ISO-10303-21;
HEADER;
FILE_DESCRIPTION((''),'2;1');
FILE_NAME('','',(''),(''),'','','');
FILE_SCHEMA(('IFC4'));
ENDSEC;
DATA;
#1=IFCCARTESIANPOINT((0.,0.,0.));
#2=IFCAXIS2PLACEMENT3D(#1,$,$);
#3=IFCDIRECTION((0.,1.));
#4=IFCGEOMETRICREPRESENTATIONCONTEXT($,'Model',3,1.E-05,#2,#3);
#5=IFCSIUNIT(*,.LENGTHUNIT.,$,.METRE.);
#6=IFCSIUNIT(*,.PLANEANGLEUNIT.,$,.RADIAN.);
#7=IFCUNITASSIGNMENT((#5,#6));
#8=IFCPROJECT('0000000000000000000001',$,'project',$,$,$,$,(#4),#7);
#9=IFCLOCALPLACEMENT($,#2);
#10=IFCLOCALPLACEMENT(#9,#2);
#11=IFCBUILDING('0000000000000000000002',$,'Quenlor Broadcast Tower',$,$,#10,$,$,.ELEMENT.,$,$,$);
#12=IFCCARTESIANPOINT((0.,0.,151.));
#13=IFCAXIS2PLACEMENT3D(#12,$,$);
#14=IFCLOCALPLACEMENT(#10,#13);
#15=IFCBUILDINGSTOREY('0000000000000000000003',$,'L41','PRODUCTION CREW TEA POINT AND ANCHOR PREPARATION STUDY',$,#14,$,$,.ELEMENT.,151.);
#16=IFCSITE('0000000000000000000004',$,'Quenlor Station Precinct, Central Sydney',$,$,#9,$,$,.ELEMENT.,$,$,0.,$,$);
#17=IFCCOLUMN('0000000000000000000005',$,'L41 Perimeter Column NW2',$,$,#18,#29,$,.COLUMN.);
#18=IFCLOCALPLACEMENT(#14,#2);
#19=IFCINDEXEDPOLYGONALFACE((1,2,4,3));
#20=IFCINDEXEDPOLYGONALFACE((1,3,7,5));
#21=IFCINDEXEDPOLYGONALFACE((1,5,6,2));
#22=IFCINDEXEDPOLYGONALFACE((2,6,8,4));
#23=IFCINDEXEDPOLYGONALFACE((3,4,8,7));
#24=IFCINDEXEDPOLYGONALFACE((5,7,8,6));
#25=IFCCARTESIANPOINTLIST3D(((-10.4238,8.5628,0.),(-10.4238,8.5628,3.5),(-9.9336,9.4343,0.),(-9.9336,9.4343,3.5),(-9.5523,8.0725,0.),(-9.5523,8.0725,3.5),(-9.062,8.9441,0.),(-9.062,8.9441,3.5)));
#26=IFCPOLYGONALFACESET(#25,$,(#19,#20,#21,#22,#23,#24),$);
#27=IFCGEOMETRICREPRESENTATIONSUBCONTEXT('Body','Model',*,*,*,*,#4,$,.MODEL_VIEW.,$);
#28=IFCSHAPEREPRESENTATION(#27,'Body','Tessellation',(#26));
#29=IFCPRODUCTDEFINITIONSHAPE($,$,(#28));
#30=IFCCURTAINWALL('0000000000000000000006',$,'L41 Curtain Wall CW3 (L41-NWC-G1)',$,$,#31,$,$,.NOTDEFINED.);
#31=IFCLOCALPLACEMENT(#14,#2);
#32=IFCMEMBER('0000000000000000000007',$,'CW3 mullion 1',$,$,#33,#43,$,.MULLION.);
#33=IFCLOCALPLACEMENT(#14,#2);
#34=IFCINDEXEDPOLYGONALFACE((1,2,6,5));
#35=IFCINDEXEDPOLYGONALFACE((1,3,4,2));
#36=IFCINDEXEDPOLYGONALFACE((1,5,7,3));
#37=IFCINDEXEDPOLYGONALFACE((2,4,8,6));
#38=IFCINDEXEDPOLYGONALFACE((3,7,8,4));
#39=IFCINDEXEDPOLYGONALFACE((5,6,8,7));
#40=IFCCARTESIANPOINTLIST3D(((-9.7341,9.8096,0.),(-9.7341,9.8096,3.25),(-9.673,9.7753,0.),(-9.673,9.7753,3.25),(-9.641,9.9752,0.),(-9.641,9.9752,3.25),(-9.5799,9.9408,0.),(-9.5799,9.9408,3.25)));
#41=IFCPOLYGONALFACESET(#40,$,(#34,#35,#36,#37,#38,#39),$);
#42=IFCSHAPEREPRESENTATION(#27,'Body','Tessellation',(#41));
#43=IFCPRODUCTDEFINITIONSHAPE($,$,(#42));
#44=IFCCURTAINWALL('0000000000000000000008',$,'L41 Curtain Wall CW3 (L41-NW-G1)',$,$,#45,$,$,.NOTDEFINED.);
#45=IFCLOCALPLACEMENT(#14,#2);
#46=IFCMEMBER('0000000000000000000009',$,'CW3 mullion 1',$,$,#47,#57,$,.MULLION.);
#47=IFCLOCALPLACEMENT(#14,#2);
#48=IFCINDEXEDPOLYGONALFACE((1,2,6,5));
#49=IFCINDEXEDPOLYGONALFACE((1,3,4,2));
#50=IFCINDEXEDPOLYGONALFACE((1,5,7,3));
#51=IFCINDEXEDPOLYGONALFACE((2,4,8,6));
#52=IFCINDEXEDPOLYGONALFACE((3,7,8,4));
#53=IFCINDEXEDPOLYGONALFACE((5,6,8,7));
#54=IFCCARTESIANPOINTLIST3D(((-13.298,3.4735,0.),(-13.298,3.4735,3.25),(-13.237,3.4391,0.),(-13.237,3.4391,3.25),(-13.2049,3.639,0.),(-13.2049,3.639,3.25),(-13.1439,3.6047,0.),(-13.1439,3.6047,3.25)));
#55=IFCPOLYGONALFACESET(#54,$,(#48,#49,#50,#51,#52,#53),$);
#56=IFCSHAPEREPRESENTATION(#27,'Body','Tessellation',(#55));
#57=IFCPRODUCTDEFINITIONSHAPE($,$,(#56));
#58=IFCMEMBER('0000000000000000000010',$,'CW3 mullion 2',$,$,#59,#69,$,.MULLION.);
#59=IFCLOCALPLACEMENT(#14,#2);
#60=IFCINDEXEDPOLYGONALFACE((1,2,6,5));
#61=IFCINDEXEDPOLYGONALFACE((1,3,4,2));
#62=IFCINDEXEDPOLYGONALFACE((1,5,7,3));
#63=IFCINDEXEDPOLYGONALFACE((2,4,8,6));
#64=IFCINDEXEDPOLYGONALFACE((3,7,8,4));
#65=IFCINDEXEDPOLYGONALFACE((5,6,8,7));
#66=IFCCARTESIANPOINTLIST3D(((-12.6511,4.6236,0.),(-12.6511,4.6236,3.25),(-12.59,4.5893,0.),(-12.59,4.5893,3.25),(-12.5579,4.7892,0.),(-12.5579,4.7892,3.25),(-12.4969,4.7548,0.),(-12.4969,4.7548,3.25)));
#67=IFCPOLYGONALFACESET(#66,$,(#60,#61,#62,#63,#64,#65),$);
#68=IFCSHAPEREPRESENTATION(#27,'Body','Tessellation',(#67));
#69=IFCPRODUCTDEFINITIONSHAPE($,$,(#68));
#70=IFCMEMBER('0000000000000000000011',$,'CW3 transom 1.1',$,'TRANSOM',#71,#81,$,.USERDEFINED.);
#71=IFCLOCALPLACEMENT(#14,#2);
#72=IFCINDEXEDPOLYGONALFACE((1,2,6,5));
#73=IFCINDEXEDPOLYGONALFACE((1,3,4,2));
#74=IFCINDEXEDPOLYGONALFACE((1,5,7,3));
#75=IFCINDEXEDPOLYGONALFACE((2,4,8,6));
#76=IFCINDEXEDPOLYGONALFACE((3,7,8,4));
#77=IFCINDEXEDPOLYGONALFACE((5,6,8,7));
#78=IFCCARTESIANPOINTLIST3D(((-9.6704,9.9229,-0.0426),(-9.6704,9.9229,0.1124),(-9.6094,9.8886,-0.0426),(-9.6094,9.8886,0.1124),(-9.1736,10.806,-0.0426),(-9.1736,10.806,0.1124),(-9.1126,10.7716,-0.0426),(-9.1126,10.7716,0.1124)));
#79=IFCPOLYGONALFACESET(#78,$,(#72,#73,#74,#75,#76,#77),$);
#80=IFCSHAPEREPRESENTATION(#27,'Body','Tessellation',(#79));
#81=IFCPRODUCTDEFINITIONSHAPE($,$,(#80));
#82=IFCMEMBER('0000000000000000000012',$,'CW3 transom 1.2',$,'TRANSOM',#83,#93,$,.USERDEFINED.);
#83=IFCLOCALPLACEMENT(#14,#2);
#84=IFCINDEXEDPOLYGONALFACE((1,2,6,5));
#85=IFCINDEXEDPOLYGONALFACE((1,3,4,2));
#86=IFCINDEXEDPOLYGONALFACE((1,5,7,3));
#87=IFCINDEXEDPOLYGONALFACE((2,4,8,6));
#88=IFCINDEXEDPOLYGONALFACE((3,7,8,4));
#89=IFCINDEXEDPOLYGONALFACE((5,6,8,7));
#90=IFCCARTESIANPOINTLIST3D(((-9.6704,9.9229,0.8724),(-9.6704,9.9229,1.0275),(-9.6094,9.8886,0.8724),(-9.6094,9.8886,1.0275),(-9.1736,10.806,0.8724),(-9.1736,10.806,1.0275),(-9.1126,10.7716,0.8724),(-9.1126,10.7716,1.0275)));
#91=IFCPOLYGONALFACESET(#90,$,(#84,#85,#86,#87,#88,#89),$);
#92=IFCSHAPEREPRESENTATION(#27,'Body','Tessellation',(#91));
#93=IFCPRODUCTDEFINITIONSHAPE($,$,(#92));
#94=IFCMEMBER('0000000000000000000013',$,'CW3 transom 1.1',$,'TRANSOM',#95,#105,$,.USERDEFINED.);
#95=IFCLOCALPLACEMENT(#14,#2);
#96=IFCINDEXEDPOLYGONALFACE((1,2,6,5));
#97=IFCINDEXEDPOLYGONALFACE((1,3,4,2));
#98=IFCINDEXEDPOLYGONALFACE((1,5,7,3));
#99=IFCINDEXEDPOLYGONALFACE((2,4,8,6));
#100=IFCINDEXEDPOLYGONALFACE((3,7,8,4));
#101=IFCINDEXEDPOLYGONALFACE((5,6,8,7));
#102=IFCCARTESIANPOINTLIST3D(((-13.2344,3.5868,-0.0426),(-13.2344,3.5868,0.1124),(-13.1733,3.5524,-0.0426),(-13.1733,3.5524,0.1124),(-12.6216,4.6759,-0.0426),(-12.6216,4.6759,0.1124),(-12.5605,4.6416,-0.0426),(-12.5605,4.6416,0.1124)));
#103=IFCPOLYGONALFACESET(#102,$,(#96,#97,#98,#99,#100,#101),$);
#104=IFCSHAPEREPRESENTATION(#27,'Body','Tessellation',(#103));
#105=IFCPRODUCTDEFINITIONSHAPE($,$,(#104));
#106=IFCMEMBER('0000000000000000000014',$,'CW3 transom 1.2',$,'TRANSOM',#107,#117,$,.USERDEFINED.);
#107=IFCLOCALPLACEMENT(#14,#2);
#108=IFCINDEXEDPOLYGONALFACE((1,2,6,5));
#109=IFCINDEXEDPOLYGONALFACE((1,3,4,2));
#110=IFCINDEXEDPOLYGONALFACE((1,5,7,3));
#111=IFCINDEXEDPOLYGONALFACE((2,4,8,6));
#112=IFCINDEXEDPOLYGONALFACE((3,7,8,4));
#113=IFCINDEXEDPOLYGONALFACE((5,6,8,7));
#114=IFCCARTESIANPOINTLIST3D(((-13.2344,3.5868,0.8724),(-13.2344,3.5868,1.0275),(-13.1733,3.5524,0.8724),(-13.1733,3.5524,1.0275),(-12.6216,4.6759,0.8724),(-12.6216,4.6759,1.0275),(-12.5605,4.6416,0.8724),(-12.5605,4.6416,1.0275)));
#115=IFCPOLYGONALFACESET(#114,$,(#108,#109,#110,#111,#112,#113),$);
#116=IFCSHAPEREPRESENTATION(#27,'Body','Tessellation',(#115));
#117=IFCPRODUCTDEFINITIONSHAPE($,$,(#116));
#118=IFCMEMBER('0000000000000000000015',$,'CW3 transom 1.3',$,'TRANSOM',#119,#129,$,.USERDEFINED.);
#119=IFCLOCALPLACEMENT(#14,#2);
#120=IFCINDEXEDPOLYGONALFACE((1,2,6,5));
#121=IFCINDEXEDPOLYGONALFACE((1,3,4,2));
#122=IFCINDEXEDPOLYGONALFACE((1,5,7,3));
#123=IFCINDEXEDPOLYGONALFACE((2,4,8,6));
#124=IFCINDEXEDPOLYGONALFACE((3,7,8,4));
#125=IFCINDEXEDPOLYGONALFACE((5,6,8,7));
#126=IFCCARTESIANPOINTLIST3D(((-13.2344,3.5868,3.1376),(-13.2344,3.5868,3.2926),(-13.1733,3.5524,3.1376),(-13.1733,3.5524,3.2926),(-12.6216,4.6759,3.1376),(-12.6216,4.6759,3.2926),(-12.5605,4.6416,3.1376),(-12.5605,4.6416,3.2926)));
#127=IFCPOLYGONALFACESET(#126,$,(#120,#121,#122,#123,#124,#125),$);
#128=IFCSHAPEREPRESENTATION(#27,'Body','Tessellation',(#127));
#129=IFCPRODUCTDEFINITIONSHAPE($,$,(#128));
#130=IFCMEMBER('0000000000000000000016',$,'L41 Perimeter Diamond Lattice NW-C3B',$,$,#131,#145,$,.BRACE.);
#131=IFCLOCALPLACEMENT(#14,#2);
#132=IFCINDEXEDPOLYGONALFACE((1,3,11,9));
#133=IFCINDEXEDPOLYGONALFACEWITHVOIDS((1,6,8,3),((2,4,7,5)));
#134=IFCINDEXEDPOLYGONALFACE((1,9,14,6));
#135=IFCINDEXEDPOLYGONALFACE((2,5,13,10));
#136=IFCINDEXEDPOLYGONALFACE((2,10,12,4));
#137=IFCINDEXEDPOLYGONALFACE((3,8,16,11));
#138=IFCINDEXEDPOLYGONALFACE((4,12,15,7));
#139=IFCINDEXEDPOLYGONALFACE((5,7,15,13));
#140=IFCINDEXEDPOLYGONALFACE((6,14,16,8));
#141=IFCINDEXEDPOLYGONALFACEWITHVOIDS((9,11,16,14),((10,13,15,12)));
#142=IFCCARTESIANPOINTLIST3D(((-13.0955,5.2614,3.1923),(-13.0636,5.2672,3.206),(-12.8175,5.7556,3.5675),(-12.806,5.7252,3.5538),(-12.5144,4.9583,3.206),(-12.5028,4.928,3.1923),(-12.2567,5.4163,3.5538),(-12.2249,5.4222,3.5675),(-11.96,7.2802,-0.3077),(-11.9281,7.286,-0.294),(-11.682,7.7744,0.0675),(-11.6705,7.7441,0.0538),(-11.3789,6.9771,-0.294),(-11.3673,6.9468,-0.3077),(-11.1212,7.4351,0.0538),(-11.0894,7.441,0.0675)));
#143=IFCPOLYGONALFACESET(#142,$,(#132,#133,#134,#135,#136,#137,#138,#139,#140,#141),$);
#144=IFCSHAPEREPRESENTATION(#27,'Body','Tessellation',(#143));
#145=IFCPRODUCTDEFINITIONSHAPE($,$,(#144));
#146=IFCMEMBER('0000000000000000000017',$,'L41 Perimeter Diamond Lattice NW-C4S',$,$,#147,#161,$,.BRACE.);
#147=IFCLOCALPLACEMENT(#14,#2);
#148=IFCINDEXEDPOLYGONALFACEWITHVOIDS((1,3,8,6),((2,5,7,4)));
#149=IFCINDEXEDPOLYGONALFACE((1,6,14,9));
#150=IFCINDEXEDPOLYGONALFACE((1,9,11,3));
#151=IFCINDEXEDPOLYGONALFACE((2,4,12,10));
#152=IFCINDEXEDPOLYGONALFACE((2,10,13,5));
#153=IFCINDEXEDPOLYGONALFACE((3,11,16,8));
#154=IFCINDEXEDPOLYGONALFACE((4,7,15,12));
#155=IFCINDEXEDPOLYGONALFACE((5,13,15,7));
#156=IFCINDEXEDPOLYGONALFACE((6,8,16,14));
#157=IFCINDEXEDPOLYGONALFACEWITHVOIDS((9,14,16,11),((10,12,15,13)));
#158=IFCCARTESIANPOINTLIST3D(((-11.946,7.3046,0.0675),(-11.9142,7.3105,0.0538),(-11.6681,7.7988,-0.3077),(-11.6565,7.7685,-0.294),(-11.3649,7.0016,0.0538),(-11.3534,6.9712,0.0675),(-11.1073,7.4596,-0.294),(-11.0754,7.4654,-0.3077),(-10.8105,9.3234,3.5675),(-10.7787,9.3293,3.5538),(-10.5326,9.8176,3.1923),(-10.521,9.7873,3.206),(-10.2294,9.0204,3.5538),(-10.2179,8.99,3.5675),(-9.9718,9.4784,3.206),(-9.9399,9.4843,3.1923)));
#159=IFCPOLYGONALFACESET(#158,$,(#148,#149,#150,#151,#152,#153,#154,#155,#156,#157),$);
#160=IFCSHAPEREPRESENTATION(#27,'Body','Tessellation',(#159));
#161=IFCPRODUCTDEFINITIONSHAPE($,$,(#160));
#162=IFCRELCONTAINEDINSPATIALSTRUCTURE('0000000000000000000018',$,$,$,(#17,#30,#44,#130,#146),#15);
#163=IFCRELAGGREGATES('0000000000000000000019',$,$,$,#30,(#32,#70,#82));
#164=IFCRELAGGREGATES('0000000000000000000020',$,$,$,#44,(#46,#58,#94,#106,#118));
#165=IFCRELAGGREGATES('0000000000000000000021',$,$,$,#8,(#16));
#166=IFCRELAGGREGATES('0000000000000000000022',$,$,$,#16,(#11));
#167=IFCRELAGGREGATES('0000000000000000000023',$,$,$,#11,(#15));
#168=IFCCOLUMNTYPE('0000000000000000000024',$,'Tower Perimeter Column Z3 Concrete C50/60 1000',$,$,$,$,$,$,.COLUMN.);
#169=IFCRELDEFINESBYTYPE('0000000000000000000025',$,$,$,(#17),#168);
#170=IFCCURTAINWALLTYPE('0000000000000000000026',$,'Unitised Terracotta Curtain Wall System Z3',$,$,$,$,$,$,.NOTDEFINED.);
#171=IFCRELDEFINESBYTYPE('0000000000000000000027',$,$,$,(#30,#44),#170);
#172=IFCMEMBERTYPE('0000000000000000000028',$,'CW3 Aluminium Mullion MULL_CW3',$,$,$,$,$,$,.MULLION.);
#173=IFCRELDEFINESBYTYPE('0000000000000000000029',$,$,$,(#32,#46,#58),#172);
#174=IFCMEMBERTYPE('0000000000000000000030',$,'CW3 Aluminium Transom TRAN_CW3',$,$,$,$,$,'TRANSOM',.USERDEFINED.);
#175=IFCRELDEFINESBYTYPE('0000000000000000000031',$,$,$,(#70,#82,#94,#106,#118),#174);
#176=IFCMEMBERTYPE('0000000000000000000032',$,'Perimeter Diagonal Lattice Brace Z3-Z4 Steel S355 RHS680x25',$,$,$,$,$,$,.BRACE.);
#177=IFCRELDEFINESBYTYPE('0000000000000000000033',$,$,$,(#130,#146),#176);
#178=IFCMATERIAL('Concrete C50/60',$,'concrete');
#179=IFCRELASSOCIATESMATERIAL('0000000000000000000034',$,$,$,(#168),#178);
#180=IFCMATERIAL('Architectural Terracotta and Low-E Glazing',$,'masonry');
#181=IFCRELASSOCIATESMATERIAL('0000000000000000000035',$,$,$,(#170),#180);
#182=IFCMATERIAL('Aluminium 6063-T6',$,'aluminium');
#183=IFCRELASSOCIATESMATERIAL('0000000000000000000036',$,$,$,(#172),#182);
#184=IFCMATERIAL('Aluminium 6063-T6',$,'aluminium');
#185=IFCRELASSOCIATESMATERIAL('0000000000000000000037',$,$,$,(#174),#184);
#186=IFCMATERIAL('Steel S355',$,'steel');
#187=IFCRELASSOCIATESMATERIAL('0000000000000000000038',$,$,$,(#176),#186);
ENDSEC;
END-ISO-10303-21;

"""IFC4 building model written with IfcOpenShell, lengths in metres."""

from ifc_helpers import new_model, si_unit, direction, frame, origin, origin_2d, place, context, subcontext, project, spatial, rectangle, hollow_rectangle, extrude, material, material_profile, profile_set, type_object, element, aggregate, save


model = new_model("IFC4")

# Units and contexts
model_context = context("Model", 3, precision=1e-05, world=origin(), true_north=direction((0.0, 1.0)))
body_context = subcontext(model_context, "Body", "Model", "MODEL_VIEW")
ifc_project = project(units=[si_unit("LENGTHUNIT", "METRE"), si_unit("PLANEANGLEUNIT", "RADIAN")], contexts=[model_context])

# Site, building, storey
site_placement = place(None, origin())
site = spatial("IfcSite", under=ifc_project, at=site_placement, Name="Quenlor Station Precinct, Central Sydney", CompositionType="ELEMENT", RefElevation=0.0)
building_placement = place(site_placement, origin())
building = spatial("IfcBuilding", under=site, at=building_placement, Name="Quenlor Broadcast Tower", CompositionType="ELEMENT")
storey_placement = place(building_placement, frame((0.0, 0.0, 151.0)))
storey = spatial("IfcBuildingStorey", under=building, at=storey_placement, Name="L41", Description="PRODUCTION CREW TEA POINT AND ANCHOR PREPARATION STUDY", CompositionType="ELEMENT", Elevation=151.0)

# Column
ifc_material_1 = material(Name="Concrete C50/60", Category="concrete")
ifc_material_profile_1 = material_profile(ifc_material_1, rectangle(XDim=1.0, YDim=1.0, at=origin_2d()))
ifc_profile_set_1 = profile_set([ifc_material_profile_1], Name="Concrete C50/60 RC1000x1000")
column_type = type_object("IfcColumnType", Name="Tower Perimeter Column Z3 Concrete C50/60 1000", PredefinedType="COLUMN", material=ifc_profile_set_1)
column_placement = place(storey_placement, frame((-9.7429, 8.7534, 0.0), z_axis=(0.0, 0.0, 1.0), x_axis=(-0.871575, 0.490262, 0.0)))
element("IfcColumn", 1, at=column_placement, inside=storey, type_object=column_type, Name="L41 Perimeter Column NW2", PredefinedType="COLUMN", context=body_context, shape_type="SweptSolid", body=[
    extrude(rectangle(XDim=1.0, YDim=1.0, at=origin_2d()), origin(), (0.0, 0.0, 1.0), 3.5),
])

# Curtain wall, member
ifc_material_2 = material(Name="Architectural Terracotta and Low-E Glazing", Category="masonry")
curtain_wall_type = type_object("IfcCurtainWallType", Name="Unitised Terracotta Curtain Wall System Z3", PredefinedType="NOTDEFINED", material=ifc_material_2)
curtain_wall_1_placement = place(storey_placement, origin())
curtain_wall_1 = element("IfcCurtainWall", 2, at=curtain_wall_1_placement, inside=storey, type_object=curtain_wall_type, Name="L41 Curtain Wall CW3 (L41-NWC-G1)", PredefinedType="NOTDEFINED")
ifc_material_3 = material(Name="Aluminium 6063-T6", Category="aluminium")
ifc_material_profile_2 = material_profile(ifc_material_3, rectangle(XDim=0.0701, YDim=0.1899, at=origin_2d()))
ifc_profile_set_2 = profile_set([ifc_material_profile_2], Name="Aluminium 6063-T6 MULL70x190")
member_type_1 = type_object("IfcMemberType", Name="CW3 Aluminium Mullion MULL_CW3", PredefinedType="MULLION", material=ifc_profile_set_2)
member_1_placement = place(storey_placement, frame((-9.657, 9.8752, 0.0), z_axis=(0.0, 0.0, 1.0), x_axis=(-0.871601, 0.490216, 0.0)))
member_1 = element("IfcMember", 3, at=member_1_placement, type_object=member_type_1, Name="CW3 mullion 1", PredefinedType="MULLION", context=body_context, shape_type="SweptSolid", body=[
    extrude(rectangle(XDim=0.0701, YDim=0.1899, at=origin_2d()), origin(), (0.0, 0.0, 1.0), 3.25),
])

# Curtain wall, members
curtain_wall_2_placement = place(storey_placement, origin())
curtain_wall_2 = element("IfcCurtainWall", 4, at=curtain_wall_2_placement, inside=storey, type_object=curtain_wall_type, Name="L41 Curtain Wall CW3 (L41-NW-G1)", PredefinedType="NOTDEFINED")
member_2_placement = place(storey_placement, frame((-13.2209, 3.5391, 0.0), z_axis=(0.0, 0.0, 1.0), x_axis=(-0.871562, 0.490285, 0.0)))
member_2 = element("IfcMember", 5, at=member_2_placement, type_object=member_type_1, Name="CW3 mullion 1", PredefinedType="MULLION", context=body_context, shape_type="SweptSolid", body=[
    extrude(rectangle(XDim=0.0701, YDim=0.1899, at=origin_2d()), origin(), (0.0, 0.0, 1.0), 3.25),
])
member_3_placement = place(storey_placement, frame((-12.574, 4.6892, 0.0), z_axis=(0.0, 0.0, 1.0), x_axis=(-0.871562, 0.490285, 0.0)))
member_3 = element("IfcMember", 6, at=member_3_placement, type_object=member_type_1, Name="CW3 mullion 2", PredefinedType="MULLION", context=body_context, shape_type="SweptSolid", body=[
    extrude(rectangle(XDim=0.0701, YDim=0.1899, at=origin_2d()), origin(), (0.0, 0.0, 1.0), 3.25),
])

# Members
ifc_material_4 = material(Name="Aluminium 6063-T6", Category="aluminium")
ifc_material_profile_3 = material_profile(ifc_material_4, rectangle(XDim=0.0701, YDim=0.155, at=origin_2d()))
ifc_profile_set_3 = profile_set([ifc_material_profile_3], Name="Aluminium 6063-T6 TRAN70x155")
member_type_2 = type_object("IfcMemberType", Name="CW3 Aluminium Transom TRAN_CW3", ElementType="TRANSOM", PredefinedType="USERDEFINED", material=ifc_profile_set_3)
member_4_placement = place(storey_placement, frame((-9.6399, 9.9058, 0.0349), z_axis=(0.490341, 0.87153, 0.0), x_axis=(-0.87153, 0.490341, 0.0)))
member_4 = element("IfcMember", 7, at=member_4_placement, type_object=member_type_2, Name="CW3 transom 1.1", ObjectType="TRANSOM", PredefinedType="USERDEFINED", context=body_context, shape_type="SweptSolid", body=[
    extrude(rectangle(XDim=0.0701, YDim=0.155, at=origin_2d()), origin(), (0.0, 0.0, 1.0), 1.0132),
])
member_5_placement = place(storey_placement, frame((-9.6399, 9.9058, 0.95), z_axis=(0.490341, 0.87153, 0.0), x_axis=(-0.87153, 0.490341, 0.0)))
member_5 = element("IfcMember", 8, at=member_5_placement, type_object=member_type_2, Name="CW3 transom 1.2", ObjectType="TRANSOM", PredefinedType="USERDEFINED", context=body_context, shape_type="SweptSolid", body=[
    extrude(rectangle(XDim=0.0701, YDim=0.155, at=origin_2d()), origin(), (0.0, 0.0, 1.0), 1.0132),
])
aggregate(curtain_wall_1, [member_1, member_4, member_5])
member_6_placement = place(storey_placement, frame((-13.2039, 3.5696, 0.0349), z_axis=(0.490363, 0.871518, 0.0), x_axis=(-0.871518, 0.490363, 0.0)))
member_6 = element("IfcMember", 9, at=member_6_placement, type_object=member_type_2, Name="CW3 transom 1.1", ObjectType="TRANSOM", PredefinedType="USERDEFINED", context=body_context, shape_type="SweptSolid", body=[
    extrude(rectangle(XDim=0.0701, YDim=0.155, at=origin_2d()), origin(), (0.0, 0.0, 1.0), 1.2498),
])
member_7_placement = place(storey_placement, frame((-13.2039, 3.5696, 0.95), z_axis=(0.490363, 0.871518, 0.0), x_axis=(-0.871518, 0.490363, 0.0)))
member_7 = element("IfcMember", 10, at=member_7_placement, type_object=member_type_2, Name="CW3 transom 1.2", ObjectType="TRANSOM", PredefinedType="USERDEFINED", context=body_context, shape_type="SweptSolid", body=[
    extrude(rectangle(XDim=0.0701, YDim=0.155, at=origin_2d()), origin(), (0.0, 0.0, 1.0), 1.2498),
])
member_8_placement = place(storey_placement, frame((-13.2039, 3.5696, 3.2151), z_axis=(0.490363, 0.871518, 0.0), x_axis=(-0.871518, 0.490363, 0.0)))
member_8 = element("IfcMember", 11, at=member_8_placement, type_object=member_type_2, Name="CW3 transom 1.3", ObjectType="TRANSOM", PredefinedType="USERDEFINED", context=body_context, shape_type="SweptSolid", body=[
    extrude(rectangle(XDim=0.0701, YDim=0.155, at=origin_2d()), origin(), (0.0, 0.0, 1.0), 1.2498),
])

# Members
ifc_material_5 = material(Name="Steel S355", Category="steel")
ifc_material_profile_4 = material_profile(ifc_material_5, hollow_rectangle(XDim=0.6799, YDim=0.6799, WallThickness=0.0249, at=origin_2d()))
ifc_profile_set_4 = profile_set([ifc_material_profile_4], Name="Steel S355 RHS680x680x25")
member_type_3 = type_object("IfcMemberType", Name="Perimeter Diagonal Lattice Brace Z3-Z4 Steel S355 RHS680x25", PredefinedType="BRACE", material=ifc_profile_set_4)
for number, where, z_axis, x_axis, name in (
    (12, (-11.5247, 7.3606, -0.1201), (-0.270549, -0.481009, 0.833927), (0.87159, -0.490236, 0.0), "L41 Perimeter Diamond Lattice NW-C3B"),
    (13, (-11.5107, 7.385, -0.1201), (0.270549, 0.481009, 0.833927), (-0.87159, 0.490236, 0.0), "L41 Perimeter Diamond Lattice NW-C4S"),
):
    element("IfcMember", number, at=place(storey_placement, frame(where, z_axis=z_axis, x_axis=x_axis)), inside=storey, type_object=member_type_3, Name=name, PredefinedType="BRACE", context=body_context, shape_type="SweptSolid", body=[
        extrude(hollow_rectangle(XDim=0.6799, YDim=0.6799, WallThickness=0.0249, at=origin_2d()), origin(), (0.0, 0.0, 1.0), 4.197),
    ])

aggregate(curtain_wall_2, [member_2, member_3, member_6, member_7, member_8])

save(model, "model.ifc")
